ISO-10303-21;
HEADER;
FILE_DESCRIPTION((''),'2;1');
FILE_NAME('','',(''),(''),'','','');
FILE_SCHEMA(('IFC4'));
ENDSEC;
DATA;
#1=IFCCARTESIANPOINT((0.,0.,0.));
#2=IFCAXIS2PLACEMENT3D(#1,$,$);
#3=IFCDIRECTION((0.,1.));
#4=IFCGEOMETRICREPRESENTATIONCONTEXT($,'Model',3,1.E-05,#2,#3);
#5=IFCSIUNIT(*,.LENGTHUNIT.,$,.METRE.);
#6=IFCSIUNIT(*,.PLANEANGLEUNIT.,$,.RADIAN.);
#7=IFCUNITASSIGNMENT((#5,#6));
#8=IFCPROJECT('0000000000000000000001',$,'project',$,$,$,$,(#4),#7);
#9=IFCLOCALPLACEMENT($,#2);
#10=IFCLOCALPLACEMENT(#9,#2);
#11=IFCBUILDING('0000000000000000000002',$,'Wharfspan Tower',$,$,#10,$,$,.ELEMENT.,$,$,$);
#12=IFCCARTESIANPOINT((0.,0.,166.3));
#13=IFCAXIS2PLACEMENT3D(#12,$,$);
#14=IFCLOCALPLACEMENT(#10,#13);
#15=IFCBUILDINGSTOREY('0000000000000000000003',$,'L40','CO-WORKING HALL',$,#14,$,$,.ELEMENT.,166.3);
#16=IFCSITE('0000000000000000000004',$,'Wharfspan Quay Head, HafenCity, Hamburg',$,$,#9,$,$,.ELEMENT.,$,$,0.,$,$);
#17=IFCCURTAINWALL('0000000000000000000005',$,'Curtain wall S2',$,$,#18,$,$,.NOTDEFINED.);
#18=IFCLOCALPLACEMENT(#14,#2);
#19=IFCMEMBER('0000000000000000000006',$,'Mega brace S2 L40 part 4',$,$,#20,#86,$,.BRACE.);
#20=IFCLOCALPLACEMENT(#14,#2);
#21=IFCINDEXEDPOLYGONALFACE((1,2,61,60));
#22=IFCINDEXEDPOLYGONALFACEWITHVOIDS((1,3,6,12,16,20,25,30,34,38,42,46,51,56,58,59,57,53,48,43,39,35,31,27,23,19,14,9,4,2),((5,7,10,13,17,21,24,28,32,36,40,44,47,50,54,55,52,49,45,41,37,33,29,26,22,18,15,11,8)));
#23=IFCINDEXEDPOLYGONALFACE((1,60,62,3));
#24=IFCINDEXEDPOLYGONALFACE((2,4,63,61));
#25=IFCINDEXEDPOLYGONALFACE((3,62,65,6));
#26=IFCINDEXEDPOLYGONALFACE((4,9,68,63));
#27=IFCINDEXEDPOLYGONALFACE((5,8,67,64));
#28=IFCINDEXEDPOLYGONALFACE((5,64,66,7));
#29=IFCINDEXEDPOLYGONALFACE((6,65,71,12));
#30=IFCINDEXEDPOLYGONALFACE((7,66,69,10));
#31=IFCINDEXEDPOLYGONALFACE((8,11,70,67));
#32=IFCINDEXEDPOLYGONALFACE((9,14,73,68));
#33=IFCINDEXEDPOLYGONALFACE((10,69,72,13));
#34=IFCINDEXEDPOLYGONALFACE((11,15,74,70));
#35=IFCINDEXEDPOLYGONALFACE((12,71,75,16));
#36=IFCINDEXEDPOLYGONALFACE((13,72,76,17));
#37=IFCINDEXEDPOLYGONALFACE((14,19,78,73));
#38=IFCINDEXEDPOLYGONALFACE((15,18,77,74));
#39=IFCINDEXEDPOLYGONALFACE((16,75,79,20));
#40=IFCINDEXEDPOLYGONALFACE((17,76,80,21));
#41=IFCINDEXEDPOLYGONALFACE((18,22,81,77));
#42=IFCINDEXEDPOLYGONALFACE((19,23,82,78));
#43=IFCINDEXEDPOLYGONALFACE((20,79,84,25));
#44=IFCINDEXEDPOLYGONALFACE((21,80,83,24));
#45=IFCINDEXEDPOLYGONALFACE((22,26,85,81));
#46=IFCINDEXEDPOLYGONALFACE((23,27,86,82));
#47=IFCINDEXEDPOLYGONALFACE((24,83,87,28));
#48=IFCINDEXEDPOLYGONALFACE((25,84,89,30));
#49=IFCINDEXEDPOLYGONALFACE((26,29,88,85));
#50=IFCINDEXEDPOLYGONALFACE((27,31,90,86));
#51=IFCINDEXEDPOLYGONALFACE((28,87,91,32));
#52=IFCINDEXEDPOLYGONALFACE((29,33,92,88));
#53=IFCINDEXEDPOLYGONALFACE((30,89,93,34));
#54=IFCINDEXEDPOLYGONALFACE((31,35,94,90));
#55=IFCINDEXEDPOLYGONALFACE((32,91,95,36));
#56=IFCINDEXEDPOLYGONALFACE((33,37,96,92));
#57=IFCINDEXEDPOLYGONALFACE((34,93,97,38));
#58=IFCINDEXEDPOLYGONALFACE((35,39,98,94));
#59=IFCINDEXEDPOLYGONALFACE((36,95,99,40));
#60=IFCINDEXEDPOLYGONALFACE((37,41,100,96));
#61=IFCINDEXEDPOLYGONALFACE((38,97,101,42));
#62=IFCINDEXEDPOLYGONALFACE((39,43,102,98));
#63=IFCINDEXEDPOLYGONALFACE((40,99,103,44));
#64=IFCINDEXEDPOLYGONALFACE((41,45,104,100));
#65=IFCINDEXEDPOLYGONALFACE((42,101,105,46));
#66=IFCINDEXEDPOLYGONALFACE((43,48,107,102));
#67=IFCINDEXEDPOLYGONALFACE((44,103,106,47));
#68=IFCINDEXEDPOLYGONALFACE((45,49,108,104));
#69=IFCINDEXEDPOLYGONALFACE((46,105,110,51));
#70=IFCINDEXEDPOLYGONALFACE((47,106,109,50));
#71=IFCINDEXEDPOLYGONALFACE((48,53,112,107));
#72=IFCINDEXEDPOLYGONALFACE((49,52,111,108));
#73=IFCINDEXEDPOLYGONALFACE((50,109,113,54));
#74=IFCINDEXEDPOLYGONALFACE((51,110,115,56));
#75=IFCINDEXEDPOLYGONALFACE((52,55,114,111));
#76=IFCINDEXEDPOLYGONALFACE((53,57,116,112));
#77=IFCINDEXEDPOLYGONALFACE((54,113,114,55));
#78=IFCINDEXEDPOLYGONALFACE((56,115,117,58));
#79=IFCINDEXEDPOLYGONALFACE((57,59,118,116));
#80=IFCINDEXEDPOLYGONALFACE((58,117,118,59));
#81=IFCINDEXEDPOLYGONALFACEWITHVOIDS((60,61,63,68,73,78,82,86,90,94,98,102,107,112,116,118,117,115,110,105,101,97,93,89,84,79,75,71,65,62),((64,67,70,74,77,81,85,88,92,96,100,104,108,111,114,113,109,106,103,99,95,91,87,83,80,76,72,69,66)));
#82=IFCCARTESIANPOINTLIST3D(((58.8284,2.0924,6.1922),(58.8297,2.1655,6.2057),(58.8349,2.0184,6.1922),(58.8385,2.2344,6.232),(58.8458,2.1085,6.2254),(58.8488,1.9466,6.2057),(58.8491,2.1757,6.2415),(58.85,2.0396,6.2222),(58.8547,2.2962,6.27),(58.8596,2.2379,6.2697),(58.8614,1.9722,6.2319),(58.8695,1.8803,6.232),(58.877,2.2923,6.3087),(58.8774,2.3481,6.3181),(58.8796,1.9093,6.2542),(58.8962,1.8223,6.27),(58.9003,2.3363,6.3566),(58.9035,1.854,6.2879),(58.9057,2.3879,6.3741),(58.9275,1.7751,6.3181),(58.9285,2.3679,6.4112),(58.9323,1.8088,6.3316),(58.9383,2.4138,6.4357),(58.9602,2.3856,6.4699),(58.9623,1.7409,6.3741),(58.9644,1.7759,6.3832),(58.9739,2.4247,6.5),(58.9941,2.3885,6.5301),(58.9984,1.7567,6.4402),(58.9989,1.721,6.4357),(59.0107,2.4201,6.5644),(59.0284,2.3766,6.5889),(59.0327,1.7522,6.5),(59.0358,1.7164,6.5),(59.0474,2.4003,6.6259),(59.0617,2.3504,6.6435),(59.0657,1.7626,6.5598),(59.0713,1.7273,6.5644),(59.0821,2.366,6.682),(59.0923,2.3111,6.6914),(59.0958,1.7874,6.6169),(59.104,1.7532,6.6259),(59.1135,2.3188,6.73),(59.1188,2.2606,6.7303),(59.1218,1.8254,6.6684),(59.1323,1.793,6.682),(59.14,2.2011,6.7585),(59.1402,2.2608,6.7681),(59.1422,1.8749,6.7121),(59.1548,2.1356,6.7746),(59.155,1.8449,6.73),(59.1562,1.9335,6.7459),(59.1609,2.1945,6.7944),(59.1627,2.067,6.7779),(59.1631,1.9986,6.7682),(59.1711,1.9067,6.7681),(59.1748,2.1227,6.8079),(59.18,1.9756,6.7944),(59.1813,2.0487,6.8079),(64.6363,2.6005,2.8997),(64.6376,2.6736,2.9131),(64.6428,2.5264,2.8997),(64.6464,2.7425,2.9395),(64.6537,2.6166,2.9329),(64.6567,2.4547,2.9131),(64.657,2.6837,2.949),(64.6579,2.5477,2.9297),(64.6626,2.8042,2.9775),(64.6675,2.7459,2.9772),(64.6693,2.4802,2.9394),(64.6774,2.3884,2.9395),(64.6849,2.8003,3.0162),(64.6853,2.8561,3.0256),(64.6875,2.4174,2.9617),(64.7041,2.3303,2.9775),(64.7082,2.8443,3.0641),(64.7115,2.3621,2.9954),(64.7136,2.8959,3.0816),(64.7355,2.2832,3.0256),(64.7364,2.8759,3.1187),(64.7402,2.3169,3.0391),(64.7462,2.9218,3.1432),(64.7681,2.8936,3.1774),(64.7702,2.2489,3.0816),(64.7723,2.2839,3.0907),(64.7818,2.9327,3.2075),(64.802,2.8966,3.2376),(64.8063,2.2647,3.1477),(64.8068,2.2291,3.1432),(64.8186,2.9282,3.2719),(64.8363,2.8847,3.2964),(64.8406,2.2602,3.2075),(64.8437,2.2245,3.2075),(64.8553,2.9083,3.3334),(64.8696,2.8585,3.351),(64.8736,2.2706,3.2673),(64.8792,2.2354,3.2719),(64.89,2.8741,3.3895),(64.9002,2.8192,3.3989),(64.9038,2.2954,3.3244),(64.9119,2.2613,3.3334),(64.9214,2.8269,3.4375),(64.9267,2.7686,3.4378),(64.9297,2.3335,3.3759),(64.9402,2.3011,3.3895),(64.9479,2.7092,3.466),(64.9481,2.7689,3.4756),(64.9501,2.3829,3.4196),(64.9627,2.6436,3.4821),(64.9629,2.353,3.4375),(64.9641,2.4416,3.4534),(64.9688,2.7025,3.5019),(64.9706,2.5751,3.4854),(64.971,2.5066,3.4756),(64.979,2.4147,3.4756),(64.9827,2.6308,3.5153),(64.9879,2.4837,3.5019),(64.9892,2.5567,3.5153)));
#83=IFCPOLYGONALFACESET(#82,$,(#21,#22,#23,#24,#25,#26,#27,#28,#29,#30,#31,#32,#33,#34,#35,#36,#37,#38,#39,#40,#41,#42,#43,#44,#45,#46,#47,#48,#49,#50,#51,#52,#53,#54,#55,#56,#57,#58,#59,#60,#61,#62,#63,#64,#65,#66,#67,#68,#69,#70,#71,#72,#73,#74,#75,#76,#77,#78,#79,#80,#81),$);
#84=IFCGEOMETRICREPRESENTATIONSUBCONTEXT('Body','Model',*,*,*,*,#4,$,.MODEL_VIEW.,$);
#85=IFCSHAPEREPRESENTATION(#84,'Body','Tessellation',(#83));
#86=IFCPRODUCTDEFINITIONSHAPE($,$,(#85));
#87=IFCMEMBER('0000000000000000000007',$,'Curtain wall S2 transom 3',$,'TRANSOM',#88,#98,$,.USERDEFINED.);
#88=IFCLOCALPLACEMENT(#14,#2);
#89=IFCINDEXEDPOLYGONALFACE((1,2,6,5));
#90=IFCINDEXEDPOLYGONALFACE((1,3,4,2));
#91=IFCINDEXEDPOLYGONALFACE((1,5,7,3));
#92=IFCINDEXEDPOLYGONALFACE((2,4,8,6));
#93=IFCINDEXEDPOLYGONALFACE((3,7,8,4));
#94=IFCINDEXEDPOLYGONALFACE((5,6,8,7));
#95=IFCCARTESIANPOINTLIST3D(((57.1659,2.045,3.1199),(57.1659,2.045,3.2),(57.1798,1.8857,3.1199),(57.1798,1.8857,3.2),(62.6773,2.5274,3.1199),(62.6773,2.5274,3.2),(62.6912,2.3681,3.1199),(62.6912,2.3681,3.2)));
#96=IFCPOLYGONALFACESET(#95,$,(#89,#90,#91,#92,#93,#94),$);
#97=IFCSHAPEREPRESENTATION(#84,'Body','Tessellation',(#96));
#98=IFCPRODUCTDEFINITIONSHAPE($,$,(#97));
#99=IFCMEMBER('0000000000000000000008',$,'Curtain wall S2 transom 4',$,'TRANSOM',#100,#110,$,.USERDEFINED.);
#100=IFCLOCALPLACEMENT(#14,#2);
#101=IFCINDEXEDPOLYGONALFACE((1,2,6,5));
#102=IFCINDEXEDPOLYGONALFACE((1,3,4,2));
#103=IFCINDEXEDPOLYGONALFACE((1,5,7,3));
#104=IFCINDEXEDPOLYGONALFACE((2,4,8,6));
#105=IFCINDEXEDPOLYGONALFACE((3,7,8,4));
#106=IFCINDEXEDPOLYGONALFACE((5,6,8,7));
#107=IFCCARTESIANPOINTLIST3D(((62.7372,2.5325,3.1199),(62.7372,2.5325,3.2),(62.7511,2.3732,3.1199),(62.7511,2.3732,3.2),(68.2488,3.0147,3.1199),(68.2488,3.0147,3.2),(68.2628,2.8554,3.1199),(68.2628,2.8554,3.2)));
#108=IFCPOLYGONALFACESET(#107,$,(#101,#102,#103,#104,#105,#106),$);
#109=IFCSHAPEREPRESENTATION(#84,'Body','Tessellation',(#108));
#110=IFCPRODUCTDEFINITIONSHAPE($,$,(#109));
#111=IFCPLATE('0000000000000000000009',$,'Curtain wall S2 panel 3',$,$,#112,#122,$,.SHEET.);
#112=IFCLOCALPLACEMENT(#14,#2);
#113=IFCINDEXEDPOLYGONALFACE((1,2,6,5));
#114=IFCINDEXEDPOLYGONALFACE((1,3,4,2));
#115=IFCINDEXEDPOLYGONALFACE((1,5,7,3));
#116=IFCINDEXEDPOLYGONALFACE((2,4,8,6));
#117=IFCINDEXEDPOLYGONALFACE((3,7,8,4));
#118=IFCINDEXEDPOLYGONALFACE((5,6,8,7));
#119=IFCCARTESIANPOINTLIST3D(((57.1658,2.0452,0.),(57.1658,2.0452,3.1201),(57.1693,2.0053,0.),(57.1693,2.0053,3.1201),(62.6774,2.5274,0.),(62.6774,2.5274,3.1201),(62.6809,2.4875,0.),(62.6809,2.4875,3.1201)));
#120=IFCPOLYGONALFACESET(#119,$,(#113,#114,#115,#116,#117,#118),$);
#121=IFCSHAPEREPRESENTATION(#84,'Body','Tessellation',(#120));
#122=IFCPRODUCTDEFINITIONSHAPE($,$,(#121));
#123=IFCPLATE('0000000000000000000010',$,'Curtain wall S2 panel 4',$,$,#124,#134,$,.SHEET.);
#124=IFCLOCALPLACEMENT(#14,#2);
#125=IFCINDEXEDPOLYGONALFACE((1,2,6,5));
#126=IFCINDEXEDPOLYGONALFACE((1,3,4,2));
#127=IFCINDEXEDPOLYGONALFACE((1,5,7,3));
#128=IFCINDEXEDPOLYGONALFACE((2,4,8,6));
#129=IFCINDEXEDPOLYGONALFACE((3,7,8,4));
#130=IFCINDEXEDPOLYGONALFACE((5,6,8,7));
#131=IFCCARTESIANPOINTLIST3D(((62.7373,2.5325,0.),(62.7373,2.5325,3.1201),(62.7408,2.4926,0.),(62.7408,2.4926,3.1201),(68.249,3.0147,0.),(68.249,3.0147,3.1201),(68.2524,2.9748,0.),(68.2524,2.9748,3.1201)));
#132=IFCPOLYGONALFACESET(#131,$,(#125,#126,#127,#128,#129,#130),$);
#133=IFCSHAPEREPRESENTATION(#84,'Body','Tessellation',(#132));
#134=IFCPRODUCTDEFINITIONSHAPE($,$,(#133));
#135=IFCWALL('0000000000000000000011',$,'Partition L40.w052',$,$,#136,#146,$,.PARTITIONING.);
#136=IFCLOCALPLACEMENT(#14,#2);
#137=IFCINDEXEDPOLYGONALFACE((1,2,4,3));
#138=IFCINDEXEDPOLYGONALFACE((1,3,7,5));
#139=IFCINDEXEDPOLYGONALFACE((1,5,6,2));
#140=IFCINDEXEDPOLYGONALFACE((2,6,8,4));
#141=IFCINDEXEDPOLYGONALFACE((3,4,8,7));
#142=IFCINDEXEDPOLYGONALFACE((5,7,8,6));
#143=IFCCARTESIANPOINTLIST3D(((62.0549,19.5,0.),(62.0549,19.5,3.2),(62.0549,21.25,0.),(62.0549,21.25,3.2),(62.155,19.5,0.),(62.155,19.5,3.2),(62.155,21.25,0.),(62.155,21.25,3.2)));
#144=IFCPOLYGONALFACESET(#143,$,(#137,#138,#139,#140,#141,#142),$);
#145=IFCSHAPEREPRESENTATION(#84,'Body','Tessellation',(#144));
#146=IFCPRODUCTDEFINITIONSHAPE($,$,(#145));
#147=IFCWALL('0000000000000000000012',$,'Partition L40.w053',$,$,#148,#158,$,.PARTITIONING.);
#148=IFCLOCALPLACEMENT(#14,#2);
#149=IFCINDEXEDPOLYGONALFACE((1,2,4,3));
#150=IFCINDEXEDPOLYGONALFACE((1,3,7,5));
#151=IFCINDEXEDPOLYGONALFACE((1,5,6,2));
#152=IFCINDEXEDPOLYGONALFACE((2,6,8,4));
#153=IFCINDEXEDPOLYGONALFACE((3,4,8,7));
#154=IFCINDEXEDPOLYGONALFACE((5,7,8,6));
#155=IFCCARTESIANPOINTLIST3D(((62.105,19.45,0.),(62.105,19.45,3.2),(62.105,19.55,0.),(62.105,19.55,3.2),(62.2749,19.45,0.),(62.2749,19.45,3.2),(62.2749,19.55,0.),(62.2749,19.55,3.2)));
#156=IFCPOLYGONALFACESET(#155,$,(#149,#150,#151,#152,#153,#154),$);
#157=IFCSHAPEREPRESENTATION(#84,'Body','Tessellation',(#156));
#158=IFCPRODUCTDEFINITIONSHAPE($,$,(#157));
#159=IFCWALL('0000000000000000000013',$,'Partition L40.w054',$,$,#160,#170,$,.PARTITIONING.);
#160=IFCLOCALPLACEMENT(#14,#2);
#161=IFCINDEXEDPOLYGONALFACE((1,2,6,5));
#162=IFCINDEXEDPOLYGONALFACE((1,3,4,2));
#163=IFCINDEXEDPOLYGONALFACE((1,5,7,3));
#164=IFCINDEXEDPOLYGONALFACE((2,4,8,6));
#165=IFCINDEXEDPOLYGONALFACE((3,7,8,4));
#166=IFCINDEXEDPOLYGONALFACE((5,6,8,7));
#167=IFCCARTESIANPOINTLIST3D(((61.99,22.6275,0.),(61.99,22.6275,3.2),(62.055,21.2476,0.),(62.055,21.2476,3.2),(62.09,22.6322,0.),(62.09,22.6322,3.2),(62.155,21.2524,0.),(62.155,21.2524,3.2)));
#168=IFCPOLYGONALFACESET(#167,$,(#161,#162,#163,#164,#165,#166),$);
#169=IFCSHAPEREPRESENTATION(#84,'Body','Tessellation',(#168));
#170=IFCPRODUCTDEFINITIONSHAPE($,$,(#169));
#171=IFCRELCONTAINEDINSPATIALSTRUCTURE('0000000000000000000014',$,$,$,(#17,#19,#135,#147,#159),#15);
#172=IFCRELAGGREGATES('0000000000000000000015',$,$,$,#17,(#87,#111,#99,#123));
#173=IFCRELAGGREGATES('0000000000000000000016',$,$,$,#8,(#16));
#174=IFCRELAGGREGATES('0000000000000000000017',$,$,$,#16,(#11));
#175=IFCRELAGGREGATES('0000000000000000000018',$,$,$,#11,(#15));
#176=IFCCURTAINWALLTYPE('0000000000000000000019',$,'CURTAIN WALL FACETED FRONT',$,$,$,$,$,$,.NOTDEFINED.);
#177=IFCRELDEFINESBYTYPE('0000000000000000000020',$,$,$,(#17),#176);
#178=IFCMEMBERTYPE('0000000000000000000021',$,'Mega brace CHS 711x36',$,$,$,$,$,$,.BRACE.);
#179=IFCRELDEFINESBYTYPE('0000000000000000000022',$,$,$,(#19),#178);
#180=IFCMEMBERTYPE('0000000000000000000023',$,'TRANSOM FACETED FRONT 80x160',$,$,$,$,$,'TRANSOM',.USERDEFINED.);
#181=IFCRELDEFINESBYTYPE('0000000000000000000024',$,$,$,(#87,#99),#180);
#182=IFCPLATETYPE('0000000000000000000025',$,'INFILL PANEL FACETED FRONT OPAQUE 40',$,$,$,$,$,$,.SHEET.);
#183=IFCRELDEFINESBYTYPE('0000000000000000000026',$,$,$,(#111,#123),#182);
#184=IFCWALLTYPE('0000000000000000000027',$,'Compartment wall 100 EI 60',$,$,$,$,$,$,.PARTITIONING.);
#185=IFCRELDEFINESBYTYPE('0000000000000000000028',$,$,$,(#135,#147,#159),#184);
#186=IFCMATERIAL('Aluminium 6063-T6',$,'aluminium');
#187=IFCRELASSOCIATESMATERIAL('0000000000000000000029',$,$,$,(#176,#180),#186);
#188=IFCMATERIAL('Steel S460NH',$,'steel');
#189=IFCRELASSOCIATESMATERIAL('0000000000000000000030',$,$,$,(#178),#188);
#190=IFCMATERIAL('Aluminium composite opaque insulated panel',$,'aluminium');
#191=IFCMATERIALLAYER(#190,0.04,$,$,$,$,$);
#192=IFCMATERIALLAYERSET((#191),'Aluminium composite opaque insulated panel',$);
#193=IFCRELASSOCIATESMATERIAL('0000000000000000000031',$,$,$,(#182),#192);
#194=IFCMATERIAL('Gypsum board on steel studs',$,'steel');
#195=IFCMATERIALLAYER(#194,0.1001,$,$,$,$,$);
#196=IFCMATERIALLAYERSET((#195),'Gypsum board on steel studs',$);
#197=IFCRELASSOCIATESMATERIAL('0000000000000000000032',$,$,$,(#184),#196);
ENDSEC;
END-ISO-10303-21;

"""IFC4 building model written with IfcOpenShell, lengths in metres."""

from ifc_helpers import new_model, si_unit, direction, frame, frame_2d, origin, origin_2d, place, context, subcontext, project, spatial, rectangle, hollow_circle, extrude, material, layer, layer_set, material_profile, profile_set, type_object, element, aggregate, save


model = new_model("IFC4")

# Units and contexts
model_context = context("Model", 3, precision=1e-05, world=origin(), true_north=direction((0.0, 1.0)))
body_context = subcontext(model_context, "Body", "Model", "MODEL_VIEW")
ifc_project = project(units=[si_unit("LENGTHUNIT", "METRE"), si_unit("PLANEANGLEUNIT", "RADIAN")], contexts=[model_context])

# Site, building, storey
site_placement = place(None, origin())
site = spatial("IfcSite", under=ifc_project, at=site_placement, Name="Wharfspan Quay Head, HafenCity, Hamburg", CompositionType="ELEMENT", RefElevation=0.0)
building_placement = place(site_placement, origin())
building = spatial("IfcBuilding", under=site, at=building_placement, Name="Wharfspan Tower", CompositionType="ELEMENT")
storey_placement = place(building_placement, frame((0.0, 0.0, 166.3)))
storey = spatial("IfcBuildingStorey", under=building, at=storey_placement, Name="L40", Description="CO-WORKING HALL", CompositionType="ELEMENT", Elevation=166.3)

# Curtain wall
ifc_material_1 = material(Name="Aluminium 6063-T6", Category="aluminium")
curtain_wall_type = type_object("IfcCurtainWallType", Name="CURTAIN WALL FACETED FRONT", PredefinedType="NOTDEFINED", material=ifc_material_1)
curtain_wall_placement = place(storey_placement, origin())
curtain_wall = element("IfcCurtainWall", 1, at=curtain_wall_placement, inside=storey, type_object=curtain_wall_type, Name="Curtain wall S2", PredefinedType="NOTDEFINED")

# Members
ifc_material_2 = material(Name="Steel S460NH", Category="steel")
ifc_material_profile_1 = material_profile(ifc_material_2, hollow_circle(Radius=0.3555, WallThickness=0.0359, at=origin_2d()))
ifc_profile_set_1 = profile_set([ifc_material_profile_1], Name="Steel S460NH")
member_type_1 = type_object("IfcMemberType", Name="Mega brace CHS 711x36", PredefinedType="BRACE", material=ifc_profile_set_1)
member_1_placement = place(storey_placement, frame((64.8127, 2.5786, 3.2075), z_axis=(-0.867427, -0.07588, 0.491745), x_axis=(0.087145, -0.996197, 0.000001)))
element("IfcMember", 2, at=member_1_placement, inside=storey, type_object=member_type_1, Name="Mega brace S2 L40 part 4", PredefinedType="BRACE", context=body_context, shape_type="SweptSolid", body=[
    extrude(hollow_circle(Radius=0.3555, WallThickness=0.0359, at=origin_2d()), origin(), (0.0, 0.0, 1.0), 6.6956),
])
ifc_material_profile_2 = material_profile(ifc_material_1, rectangle(XDim=0.1599, YDim=0.0801, at=origin_2d()))
ifc_profile_set_2 = profile_set([ifc_material_profile_2], Name="Aluminium 6063-T6")
member_type_2 = type_object("IfcMemberType", Name="TRANSOM FACETED FRONT 80x160", ElementType="TRANSOM", PredefinedType="USERDEFINED", material=ifc_profile_set_2)
member_2_placement = place(storey_placement, frame((57.1729, 1.9653, 3.1599), z_axis=(0.996191, 0.087197, 0.0), x_axis=(-0.087197, 0.996191, 0.0)))
member_2 = element("IfcMember", 3, at=member_2_placement, type_object=member_type_2, Name="Curtain wall S2 transom 3", ObjectType="TRANSOM", PredefinedType="USERDEFINED", context=body_context, shape_type="SweptSolid", body=[
    extrude(rectangle(XDim=0.1599, YDim=0.0801, at=origin_2d()), origin(), (0.0, 0.0, 1.0), 5.5325),
])
member_3_placement = place(storey_placement, frame((62.7441, 2.4529, 3.1599), z_axis=(0.996195, 0.087149, 0.0), x_axis=(-0.087149, 0.996195, 0.0)))
member_3 = element("IfcMember", 4, at=member_3_placement, type_object=member_type_2, Name="Curtain wall S2 transom 4", ObjectType="TRANSOM", PredefinedType="USERDEFINED", context=body_context, shape_type="SweptSolid", body=[
    extrude(rectangle(XDim=0.1599, YDim=0.0801, at=origin_2d()), origin(), (0.0, 0.0, 1.0), 5.5327),
])

# Plates
ifc_material_3 = material(Name="Aluminium composite opaque insulated panel", Category="aluminium")
ifc_layer_1 = layer(ifc_material_3, 0.04)
ifc_layer_set_1 = layer_set([ifc_layer_1], Name="Aluminium composite opaque insulated panel")
plate_type = type_object("IfcPlateType", Name="INFILL PANEL FACETED FRONT OPAQUE 40", PredefinedType="SHEET", material=ifc_layer_set_1)
plate_1_placement = place(storey_placement, frame((59.9233, 2.2664, 0.0), z_axis=(0.0, 0.0, 1.0), x_axis=(0.996198, 0.087156, 0.0)))
plate_1 = element("IfcPlate", 5, at=plate_1_placement, type_object=plate_type, Name="Curtain wall S2 panel 3", PredefinedType="SHEET", context=body_context, shape_type="SweptSolid", body=[
    extrude(rectangle(XDim=5.5327, YDim=0.04, at=origin_2d()), origin(), (0.0, 0.0, 1.0), 3.1201),
])
plate_2_placement = place(storey_placement, frame((65.4949, 2.7537, 0.0), z_axis=(0.0, 0.0, 1.0), x_axis=(0.996198, 0.087156, 0.0)))
plate_2 = element("IfcPlate", 6, at=plate_2_placement, type_object=plate_type, Name="Curtain wall S2 panel 4", PredefinedType="SHEET", context=body_context, shape_type="SweptSolid", body=[
    extrude(rectangle(XDim=5.5327, YDim=0.04, at=origin_2d()), origin(), (0.0, 0.0, 1.0), 3.1201),
])
aggregate(curtain_wall, [member_2, plate_1, member_3, plate_2])

# Walls
ifc_material_4 = material(Name="Gypsum board on steel studs", Category="steel")
ifc_layer_2 = layer(ifc_material_4, 0.1001)
ifc_layer_set_2 = layer_set([ifc_layer_2], Name="Gypsum board on steel studs")
wall_type_1 = type_object("IfcWallType", Name="Compartment wall 100 EI 60", PredefinedType="PARTITIONING", material=ifc_layer_set_2)
wall_1_placement = place(storey_placement, frame((62.105, 19.5, 0.0), z_axis=(0.0, 0.0, 1.0), x_axis=(0.0, 1.0, 0.0)))
element("IfcWall", 7, at=wall_1_placement, inside=storey, type_object=wall_type_1, Name="Partition L40.w052", PredefinedType="PARTITIONING", context=body_context, shape_type="SweptSolid", body=[
    extrude(rectangle(XDim=1.75, YDim=0.1001, at=frame_2d((0.875, 0.0))), origin(), (0.0, 0.0, 1.0), 3.2),
])
wall_2_placement = place(storey_placement, frame((62.105, 19.5, 0.0), z_axis=(0.0, 0.0, 1.0), x_axis=(1.0, 0.0, 0.0)))
element("IfcWall", 8, at=wall_2_placement, inside=storey, type_object=wall_type_1, Name="Partition L40.w053", PredefinedType="PARTITIONING", context=body_context, shape_type="SweptSolid", body=[
    extrude(rectangle(XDim=0.1699, YDim=0.1001, at=frame_2d((0.085, 0.0))), origin(), (0.0, 0.0, 1.0), 3.2),
])
wall_3_placement = place(storey_placement, frame((62.105, 21.25, 0.0), z_axis=(0.0, 0.0, 1.0), x_axis=(-0.047011, 0.998895, 0.0)))
element("IfcWall", 9, at=wall_3_placement, inside=storey, type_object=wall_type_1, Name="Partition L40.w054", PredefinedType="PARTITIONING", context=body_context, shape_type="SweptSolid", body=[
    extrude(rectangle(XDim=1.3813, YDim=0.1001, at=frame_2d((0.6907, 0.0))), origin(), (0.0, 0.0, 1.0), 3.2),
])

save(model, "model.ifc")
